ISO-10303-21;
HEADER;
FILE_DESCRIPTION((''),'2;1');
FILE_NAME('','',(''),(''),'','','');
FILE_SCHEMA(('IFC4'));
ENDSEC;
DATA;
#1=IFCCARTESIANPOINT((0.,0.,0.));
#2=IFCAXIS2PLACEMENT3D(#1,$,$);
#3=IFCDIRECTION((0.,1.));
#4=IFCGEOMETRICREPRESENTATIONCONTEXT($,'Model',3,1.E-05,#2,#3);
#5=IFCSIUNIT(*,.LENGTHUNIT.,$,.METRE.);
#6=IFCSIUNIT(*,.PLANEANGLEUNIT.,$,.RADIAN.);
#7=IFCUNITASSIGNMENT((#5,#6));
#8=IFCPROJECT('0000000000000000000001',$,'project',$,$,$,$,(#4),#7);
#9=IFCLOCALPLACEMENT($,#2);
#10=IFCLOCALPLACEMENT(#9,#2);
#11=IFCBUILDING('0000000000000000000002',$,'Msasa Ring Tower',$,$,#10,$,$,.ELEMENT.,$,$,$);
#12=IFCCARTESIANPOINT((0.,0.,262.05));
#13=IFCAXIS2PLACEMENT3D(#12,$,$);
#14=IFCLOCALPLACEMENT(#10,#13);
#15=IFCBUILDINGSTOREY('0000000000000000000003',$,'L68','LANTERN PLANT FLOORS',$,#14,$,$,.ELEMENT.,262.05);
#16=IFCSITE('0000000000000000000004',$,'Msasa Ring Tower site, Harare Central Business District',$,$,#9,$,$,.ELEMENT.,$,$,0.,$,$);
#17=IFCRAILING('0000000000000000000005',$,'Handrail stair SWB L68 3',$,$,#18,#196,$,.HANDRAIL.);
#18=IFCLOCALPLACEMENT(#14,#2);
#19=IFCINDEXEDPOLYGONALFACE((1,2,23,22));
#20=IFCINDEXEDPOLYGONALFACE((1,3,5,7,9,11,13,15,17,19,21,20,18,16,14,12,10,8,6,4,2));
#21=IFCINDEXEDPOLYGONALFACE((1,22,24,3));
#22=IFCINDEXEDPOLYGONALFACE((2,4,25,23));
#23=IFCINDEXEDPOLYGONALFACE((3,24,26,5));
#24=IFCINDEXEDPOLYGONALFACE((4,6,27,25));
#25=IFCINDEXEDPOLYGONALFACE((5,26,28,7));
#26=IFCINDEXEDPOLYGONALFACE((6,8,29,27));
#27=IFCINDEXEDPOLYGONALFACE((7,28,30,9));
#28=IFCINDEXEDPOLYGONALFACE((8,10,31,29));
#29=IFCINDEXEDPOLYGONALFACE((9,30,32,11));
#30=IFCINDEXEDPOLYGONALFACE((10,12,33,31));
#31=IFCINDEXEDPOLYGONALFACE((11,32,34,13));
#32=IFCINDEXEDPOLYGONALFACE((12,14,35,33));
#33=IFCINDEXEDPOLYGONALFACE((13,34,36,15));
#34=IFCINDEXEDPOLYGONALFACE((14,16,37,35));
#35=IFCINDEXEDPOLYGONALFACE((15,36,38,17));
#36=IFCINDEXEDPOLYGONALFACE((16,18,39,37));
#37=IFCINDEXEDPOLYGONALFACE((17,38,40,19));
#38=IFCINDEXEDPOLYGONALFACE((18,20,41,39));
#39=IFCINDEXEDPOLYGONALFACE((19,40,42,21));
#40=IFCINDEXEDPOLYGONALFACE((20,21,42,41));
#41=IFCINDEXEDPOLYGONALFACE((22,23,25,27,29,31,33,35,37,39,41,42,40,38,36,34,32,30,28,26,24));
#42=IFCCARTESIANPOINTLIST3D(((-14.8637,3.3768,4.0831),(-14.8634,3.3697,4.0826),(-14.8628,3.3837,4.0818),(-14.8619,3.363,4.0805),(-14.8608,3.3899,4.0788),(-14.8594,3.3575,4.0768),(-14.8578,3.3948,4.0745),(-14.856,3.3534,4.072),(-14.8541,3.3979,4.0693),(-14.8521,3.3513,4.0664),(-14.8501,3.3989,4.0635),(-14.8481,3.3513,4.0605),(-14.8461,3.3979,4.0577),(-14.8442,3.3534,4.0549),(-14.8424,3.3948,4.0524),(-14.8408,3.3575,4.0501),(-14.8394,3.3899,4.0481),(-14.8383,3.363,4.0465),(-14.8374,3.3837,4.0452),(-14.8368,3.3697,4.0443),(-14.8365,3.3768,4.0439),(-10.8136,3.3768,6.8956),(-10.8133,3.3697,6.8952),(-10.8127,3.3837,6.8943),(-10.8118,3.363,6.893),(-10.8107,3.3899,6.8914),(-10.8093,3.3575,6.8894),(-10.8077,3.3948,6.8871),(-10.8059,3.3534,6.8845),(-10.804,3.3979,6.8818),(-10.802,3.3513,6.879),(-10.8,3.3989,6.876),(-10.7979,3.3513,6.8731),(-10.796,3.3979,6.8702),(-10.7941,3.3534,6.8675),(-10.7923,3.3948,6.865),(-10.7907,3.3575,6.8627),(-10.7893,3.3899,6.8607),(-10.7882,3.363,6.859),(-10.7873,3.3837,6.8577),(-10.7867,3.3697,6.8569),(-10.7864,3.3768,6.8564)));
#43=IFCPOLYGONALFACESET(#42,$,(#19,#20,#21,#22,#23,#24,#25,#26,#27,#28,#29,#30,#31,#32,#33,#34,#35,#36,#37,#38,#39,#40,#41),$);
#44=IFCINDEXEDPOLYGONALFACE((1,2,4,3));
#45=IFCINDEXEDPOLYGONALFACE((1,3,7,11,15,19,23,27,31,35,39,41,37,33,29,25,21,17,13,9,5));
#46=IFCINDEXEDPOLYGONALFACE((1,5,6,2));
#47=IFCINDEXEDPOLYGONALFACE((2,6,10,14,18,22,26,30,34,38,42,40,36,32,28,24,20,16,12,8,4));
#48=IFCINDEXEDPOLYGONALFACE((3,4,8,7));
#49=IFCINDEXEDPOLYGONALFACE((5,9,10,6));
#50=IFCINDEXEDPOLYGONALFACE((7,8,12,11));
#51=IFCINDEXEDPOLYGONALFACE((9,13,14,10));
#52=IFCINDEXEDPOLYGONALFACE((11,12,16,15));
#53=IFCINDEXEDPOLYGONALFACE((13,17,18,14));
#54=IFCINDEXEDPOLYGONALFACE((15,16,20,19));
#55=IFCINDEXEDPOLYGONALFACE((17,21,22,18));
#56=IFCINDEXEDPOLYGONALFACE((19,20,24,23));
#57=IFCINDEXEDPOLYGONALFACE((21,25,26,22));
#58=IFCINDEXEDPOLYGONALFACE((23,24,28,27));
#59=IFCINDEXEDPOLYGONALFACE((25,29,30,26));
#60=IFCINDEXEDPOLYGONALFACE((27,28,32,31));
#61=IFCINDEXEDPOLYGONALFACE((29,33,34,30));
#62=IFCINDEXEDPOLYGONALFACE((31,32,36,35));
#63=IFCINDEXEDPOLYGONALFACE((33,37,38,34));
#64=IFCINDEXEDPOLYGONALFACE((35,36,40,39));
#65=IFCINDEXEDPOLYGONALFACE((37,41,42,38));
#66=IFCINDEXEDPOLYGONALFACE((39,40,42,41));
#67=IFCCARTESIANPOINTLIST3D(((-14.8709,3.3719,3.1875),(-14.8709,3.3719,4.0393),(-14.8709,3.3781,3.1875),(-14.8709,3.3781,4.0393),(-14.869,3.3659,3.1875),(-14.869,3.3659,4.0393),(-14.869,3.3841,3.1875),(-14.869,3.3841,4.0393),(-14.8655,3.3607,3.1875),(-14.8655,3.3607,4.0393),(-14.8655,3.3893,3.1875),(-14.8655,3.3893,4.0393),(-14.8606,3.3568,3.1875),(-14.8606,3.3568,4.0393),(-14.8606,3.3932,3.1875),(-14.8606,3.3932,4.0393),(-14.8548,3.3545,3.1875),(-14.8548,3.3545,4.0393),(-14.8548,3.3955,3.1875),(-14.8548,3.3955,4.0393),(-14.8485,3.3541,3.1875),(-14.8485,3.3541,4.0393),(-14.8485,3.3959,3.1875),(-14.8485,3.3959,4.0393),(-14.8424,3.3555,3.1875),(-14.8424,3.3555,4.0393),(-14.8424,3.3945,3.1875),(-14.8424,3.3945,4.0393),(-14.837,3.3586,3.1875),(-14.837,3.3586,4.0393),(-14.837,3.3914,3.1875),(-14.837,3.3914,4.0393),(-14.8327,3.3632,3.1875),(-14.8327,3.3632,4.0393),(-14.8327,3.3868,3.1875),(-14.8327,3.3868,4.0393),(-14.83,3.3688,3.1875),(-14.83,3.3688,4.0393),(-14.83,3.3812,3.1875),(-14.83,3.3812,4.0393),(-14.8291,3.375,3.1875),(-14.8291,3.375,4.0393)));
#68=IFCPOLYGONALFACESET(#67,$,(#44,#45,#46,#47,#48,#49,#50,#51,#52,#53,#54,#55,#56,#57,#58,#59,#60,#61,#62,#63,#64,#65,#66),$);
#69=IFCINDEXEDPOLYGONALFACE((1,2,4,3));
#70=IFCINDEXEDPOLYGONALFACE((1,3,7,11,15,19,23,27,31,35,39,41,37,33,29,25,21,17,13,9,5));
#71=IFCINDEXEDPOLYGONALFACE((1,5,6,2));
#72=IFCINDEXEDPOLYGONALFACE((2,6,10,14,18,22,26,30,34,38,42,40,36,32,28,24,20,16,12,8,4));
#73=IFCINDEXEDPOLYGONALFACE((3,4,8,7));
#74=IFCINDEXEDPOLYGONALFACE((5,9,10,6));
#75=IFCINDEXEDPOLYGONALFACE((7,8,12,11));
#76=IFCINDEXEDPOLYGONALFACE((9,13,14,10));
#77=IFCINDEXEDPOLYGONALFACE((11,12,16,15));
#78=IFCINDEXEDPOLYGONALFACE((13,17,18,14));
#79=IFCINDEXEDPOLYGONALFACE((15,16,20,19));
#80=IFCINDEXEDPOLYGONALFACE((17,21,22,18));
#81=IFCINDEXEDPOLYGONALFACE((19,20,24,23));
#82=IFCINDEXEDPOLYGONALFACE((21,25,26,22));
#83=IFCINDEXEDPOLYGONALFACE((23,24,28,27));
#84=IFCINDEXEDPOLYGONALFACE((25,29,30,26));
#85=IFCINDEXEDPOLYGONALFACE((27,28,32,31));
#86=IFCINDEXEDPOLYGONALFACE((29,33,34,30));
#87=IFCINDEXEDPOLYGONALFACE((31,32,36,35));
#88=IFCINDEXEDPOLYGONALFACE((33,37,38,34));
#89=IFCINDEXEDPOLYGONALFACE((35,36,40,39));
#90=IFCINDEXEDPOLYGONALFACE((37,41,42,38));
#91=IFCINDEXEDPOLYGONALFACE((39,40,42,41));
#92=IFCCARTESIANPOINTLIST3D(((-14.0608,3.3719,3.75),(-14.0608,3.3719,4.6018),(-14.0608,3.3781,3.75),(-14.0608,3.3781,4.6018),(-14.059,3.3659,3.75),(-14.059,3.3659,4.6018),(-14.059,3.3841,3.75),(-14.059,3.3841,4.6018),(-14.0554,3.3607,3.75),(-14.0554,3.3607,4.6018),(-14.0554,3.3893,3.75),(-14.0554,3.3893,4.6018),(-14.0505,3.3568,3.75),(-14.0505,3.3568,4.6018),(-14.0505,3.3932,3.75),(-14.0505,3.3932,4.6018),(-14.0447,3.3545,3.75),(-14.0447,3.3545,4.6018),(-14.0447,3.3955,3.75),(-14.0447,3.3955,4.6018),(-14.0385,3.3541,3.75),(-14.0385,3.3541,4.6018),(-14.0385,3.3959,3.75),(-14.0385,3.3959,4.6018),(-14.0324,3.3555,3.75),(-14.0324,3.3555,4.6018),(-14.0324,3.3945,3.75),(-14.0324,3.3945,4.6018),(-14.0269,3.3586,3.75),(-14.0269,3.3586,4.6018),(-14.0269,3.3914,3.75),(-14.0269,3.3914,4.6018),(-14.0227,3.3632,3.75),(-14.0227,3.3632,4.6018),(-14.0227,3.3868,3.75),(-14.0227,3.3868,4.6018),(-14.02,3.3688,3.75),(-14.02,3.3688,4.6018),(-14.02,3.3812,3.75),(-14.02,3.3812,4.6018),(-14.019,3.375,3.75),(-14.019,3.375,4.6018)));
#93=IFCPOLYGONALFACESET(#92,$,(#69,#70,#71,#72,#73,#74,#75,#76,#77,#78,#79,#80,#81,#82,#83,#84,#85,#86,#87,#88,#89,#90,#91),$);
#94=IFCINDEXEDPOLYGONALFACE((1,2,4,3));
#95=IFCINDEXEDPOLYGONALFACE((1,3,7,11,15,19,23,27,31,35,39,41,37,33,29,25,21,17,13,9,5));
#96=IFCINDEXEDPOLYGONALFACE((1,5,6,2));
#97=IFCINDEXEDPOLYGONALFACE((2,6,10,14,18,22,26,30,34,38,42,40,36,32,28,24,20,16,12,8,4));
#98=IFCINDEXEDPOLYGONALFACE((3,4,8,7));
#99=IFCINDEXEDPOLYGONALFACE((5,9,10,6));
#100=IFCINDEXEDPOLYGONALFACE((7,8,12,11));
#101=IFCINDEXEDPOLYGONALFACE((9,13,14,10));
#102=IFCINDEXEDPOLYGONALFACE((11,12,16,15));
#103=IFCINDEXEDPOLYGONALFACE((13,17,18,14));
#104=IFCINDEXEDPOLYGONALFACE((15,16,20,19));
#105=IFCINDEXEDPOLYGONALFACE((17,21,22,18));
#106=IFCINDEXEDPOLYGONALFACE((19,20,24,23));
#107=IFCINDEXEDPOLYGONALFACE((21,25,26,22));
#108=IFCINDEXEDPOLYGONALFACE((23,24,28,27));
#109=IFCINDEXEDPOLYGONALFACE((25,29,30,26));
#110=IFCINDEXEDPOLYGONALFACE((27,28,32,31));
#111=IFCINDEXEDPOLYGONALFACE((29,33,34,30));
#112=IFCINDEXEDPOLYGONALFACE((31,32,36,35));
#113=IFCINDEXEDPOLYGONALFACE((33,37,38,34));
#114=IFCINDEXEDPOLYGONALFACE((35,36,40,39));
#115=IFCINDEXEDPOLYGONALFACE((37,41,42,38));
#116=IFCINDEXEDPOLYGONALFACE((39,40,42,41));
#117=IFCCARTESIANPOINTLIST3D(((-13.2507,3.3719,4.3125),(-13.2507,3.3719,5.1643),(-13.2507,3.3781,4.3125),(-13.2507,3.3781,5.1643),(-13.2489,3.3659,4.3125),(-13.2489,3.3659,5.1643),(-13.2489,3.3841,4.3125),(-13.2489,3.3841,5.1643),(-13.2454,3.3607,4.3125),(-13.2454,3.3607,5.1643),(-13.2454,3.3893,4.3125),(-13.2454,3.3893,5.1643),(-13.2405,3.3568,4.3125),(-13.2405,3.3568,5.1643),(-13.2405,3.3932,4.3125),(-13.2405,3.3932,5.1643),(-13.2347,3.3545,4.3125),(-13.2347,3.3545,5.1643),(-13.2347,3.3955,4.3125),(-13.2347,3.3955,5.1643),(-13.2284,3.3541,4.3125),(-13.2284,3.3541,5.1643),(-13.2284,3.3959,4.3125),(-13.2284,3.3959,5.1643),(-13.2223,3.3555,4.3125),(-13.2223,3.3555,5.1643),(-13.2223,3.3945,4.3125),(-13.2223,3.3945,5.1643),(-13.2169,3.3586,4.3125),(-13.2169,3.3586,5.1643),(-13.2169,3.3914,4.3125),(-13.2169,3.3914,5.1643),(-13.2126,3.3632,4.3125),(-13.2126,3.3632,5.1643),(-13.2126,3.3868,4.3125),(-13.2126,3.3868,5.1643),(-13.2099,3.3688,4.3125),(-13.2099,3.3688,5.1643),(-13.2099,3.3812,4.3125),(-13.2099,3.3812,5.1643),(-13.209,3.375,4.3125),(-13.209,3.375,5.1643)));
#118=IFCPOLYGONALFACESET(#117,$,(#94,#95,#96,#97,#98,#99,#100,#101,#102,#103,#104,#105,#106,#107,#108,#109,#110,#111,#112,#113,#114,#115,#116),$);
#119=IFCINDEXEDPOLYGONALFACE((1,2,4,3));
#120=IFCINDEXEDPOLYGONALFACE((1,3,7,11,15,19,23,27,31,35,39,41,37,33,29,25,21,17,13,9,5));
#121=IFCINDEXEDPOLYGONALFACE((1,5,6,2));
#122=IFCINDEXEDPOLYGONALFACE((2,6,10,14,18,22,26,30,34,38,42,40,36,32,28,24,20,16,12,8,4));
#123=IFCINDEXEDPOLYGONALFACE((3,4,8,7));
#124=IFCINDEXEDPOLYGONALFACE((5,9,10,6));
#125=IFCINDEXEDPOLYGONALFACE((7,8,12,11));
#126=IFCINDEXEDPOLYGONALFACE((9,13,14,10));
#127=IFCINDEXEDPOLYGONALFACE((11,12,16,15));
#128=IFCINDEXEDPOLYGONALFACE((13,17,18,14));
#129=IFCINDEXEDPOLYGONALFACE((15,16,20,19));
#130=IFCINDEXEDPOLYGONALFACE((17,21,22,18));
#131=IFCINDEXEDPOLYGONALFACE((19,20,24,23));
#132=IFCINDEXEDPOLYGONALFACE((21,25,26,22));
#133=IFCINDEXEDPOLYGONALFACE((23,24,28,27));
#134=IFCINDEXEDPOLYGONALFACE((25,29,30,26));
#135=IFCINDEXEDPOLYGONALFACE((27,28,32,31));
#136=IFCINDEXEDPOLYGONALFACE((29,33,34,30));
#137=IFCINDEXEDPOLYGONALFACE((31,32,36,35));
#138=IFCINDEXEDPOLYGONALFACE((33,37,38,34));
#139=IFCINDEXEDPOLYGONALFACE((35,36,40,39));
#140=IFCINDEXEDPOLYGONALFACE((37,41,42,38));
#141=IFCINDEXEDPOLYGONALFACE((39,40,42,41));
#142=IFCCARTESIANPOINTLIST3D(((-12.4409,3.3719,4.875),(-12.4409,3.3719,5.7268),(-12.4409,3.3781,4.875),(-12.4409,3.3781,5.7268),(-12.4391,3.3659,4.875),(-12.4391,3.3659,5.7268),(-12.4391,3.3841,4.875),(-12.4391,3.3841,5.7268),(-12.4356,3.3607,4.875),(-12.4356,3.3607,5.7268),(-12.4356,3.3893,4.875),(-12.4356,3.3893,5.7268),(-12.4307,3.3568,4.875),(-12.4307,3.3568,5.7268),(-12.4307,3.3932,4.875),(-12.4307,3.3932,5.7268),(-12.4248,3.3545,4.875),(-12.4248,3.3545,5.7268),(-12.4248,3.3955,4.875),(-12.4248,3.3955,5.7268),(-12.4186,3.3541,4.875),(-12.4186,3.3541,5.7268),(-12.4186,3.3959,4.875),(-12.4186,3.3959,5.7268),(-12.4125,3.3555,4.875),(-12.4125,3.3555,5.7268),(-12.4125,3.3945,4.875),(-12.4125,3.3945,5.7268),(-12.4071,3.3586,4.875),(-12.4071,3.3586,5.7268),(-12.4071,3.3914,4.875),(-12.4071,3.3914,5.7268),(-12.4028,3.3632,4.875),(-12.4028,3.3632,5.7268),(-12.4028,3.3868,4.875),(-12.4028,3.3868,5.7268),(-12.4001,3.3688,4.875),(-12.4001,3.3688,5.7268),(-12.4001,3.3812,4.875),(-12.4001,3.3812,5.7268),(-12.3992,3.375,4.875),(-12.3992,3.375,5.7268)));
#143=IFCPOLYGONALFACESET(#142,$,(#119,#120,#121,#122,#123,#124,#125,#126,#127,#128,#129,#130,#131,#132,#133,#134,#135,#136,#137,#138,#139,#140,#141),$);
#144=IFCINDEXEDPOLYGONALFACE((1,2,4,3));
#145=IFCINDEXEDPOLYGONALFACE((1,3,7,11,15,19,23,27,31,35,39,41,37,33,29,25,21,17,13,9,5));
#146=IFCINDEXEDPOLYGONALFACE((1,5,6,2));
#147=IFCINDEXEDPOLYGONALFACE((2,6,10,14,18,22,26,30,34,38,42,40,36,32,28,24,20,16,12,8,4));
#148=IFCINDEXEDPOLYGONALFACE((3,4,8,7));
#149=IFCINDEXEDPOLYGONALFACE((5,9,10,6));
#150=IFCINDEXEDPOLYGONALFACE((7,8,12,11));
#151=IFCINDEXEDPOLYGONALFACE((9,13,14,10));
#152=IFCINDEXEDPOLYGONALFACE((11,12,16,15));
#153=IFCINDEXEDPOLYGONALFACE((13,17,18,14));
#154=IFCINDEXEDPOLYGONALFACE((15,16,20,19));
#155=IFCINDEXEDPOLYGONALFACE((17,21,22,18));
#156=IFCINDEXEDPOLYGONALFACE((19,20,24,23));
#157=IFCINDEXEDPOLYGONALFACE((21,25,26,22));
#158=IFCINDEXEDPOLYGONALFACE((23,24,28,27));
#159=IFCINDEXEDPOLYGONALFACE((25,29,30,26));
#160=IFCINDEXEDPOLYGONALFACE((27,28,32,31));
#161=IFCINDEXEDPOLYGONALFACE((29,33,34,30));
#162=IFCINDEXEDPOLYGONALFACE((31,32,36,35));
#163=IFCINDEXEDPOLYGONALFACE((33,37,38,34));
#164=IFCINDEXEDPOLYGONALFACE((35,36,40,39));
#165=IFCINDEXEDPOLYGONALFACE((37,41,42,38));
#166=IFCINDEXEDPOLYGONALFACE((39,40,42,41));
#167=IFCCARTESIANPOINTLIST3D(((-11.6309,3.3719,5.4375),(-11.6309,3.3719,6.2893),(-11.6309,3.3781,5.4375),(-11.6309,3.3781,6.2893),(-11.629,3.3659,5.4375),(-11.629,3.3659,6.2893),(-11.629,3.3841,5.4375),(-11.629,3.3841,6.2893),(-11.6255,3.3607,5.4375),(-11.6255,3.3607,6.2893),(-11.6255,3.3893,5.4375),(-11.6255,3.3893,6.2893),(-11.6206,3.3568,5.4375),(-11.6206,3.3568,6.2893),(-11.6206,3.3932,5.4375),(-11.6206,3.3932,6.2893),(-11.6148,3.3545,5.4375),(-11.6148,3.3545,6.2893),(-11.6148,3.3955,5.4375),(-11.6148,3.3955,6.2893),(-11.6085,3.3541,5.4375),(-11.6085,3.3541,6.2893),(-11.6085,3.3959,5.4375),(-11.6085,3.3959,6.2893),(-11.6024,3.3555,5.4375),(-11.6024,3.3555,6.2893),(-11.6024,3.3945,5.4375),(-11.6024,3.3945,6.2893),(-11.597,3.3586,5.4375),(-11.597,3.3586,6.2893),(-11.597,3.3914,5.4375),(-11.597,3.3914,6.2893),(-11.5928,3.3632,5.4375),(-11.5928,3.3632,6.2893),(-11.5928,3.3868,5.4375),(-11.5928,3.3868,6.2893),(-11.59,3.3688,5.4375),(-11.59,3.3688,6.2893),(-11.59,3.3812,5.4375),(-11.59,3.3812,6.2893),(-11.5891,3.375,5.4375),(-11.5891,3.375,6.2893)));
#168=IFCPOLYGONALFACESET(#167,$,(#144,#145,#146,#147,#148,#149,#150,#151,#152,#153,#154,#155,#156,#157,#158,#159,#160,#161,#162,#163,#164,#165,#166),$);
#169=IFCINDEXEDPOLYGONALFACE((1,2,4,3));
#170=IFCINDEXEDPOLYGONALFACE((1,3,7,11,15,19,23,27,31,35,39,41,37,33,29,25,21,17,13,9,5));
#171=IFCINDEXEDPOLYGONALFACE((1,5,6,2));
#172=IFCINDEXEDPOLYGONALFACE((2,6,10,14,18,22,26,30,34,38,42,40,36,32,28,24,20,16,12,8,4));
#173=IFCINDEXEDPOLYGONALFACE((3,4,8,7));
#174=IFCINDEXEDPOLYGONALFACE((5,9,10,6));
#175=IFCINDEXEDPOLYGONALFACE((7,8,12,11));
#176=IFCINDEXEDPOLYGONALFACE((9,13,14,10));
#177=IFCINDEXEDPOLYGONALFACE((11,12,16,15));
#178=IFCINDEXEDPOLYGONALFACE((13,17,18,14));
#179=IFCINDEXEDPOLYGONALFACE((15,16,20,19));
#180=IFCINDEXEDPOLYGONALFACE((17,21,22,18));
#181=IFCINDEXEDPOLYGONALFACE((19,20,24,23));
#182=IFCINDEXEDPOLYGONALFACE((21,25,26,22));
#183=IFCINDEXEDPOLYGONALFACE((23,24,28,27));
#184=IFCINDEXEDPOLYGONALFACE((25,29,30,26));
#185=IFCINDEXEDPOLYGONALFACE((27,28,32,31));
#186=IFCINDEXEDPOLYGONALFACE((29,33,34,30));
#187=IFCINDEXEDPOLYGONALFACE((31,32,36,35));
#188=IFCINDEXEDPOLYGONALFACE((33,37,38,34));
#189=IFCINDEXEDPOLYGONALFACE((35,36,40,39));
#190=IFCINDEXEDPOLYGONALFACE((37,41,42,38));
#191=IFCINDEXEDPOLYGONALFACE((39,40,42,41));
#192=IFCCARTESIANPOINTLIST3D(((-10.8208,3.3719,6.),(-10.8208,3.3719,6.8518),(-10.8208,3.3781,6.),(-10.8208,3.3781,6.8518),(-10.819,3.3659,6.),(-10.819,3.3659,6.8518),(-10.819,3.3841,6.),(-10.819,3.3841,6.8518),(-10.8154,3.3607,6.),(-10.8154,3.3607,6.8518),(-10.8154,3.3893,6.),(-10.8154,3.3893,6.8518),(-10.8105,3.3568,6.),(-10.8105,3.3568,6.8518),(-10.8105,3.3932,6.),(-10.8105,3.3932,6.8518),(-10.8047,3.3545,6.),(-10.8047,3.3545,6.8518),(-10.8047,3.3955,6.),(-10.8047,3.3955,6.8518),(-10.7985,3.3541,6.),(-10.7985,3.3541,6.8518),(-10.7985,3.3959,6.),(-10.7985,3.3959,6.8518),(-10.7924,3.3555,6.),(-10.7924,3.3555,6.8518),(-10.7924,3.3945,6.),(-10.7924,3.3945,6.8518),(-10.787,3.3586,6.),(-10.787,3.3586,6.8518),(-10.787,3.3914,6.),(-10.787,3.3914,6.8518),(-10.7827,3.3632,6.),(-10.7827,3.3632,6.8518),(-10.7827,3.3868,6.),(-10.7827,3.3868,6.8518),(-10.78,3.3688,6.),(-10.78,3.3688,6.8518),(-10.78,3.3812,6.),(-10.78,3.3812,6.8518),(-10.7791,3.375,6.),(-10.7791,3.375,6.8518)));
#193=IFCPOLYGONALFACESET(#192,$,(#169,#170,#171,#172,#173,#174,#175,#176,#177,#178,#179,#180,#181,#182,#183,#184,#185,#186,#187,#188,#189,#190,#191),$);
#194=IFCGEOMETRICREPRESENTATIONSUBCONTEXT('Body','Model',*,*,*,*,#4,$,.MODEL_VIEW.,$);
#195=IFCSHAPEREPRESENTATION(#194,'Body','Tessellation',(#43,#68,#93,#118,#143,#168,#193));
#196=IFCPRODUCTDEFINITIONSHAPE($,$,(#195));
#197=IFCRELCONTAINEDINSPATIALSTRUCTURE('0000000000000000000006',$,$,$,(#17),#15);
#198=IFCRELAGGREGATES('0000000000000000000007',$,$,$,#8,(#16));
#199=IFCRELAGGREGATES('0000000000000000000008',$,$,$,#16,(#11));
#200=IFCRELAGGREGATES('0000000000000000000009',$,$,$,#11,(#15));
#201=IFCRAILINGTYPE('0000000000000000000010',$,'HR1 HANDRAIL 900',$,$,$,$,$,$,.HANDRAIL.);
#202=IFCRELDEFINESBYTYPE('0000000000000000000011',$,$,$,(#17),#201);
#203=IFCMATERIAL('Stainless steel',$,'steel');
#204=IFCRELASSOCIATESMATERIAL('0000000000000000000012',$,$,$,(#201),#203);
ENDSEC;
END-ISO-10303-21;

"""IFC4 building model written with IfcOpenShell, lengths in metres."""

from ifc_helpers import new_model, si_unit, direction, frame, origin, origin_2d, place, context, subcontext, project, spatial, circle, extrude, material, type_object, element, save


model = new_model("IFC4")

# Units and contexts
model_context = context("Model", 3, precision=1e-05, world=origin(), true_north=direction((0.0, 1.0)))
body_context = subcontext(model_context, "Body", "Model", "MODEL_VIEW")
ifc_project = project(units=[si_unit("LENGTHUNIT", "METRE"), si_unit("PLANEANGLEUNIT", "RADIAN")], contexts=[model_context])

# Site, building, storey
site_placement = place(None, origin())
site = spatial("IfcSite", under=ifc_project, at=site_placement, Name="Msasa Ring Tower site, Harare Central Business District", CompositionType="ELEMENT", RefElevation=0.0)
building_placement = place(site_placement, origin())
building = spatial("IfcBuilding", under=site, at=building_placement, Name="Msasa Ring Tower", CompositionType="ELEMENT")
storey_placement = place(building_placement, frame((0.0, 0.0, 262.05)))
storey = spatial("IfcBuildingStorey", under=building, at=storey_placement, Name="L68", Description="LANTERN PLANT FLOORS", CompositionType="ELEMENT", Elevation=262.05)

# Railing
ifc_material_1 = material(Name="Stainless steel", Category="steel")
railing_type = type_object("IfcRailingType", Name="HR1 HANDRAIL 900", PredefinedType="HANDRAIL", material=ifc_material_1)
for number, where, name in (
    (1, (-14.8501, 3.375, 3.1875), "Handrail stair SWB L68 3"),
):
    element("IfcRailing", number, at=place(storey_placement, frame(where)), inside=storey, type_object=railing_type, Name=name, PredefinedType="HANDRAIL", context=body_context, shape_type="SweptSolid", body=[
        extrude(circle(Radius=0.0239, at=origin_2d()), frame((0.0, 0.0, 0.876), z_axis=(0.821373, 0.0, 0.570391), x_axis=(0.0, 1.0, 0.0)), (0.0, 0.0, 1.0), 4.9309),
        extrude(circle(Radius=0.021, at=origin_2d()), origin(), (0.0, 0.0, 1.0), 0.8518),
        extrude(circle(Radius=0.021, at=origin_2d()), frame((0.8101, 0.0, 0.5625)), (0.0, 0.0, 1.0), 0.8518),
        extrude(circle(Radius=0.021, at=origin_2d()), frame((1.6201, 0.0, 1.125)), (0.0, 0.0, 1.0), 0.8518),
        extrude(circle(Radius=0.021, at=origin_2d()), frame((2.4299, 0.0, 1.6875)), (0.0, 0.0, 1.0), 0.8518),
        extrude(circle(Radius=0.021, at=origin_2d()), frame((3.24, 0.0, 2.25)), (0.0, 0.0, 1.0), 0.8518),
        extrude(circle(Radius=0.021, at=origin_2d()), frame((4.05, 0.0, 2.8125)), (0.0, 0.0, 1.0), 0.8518),
    ])

save(model, "model.ifc")
